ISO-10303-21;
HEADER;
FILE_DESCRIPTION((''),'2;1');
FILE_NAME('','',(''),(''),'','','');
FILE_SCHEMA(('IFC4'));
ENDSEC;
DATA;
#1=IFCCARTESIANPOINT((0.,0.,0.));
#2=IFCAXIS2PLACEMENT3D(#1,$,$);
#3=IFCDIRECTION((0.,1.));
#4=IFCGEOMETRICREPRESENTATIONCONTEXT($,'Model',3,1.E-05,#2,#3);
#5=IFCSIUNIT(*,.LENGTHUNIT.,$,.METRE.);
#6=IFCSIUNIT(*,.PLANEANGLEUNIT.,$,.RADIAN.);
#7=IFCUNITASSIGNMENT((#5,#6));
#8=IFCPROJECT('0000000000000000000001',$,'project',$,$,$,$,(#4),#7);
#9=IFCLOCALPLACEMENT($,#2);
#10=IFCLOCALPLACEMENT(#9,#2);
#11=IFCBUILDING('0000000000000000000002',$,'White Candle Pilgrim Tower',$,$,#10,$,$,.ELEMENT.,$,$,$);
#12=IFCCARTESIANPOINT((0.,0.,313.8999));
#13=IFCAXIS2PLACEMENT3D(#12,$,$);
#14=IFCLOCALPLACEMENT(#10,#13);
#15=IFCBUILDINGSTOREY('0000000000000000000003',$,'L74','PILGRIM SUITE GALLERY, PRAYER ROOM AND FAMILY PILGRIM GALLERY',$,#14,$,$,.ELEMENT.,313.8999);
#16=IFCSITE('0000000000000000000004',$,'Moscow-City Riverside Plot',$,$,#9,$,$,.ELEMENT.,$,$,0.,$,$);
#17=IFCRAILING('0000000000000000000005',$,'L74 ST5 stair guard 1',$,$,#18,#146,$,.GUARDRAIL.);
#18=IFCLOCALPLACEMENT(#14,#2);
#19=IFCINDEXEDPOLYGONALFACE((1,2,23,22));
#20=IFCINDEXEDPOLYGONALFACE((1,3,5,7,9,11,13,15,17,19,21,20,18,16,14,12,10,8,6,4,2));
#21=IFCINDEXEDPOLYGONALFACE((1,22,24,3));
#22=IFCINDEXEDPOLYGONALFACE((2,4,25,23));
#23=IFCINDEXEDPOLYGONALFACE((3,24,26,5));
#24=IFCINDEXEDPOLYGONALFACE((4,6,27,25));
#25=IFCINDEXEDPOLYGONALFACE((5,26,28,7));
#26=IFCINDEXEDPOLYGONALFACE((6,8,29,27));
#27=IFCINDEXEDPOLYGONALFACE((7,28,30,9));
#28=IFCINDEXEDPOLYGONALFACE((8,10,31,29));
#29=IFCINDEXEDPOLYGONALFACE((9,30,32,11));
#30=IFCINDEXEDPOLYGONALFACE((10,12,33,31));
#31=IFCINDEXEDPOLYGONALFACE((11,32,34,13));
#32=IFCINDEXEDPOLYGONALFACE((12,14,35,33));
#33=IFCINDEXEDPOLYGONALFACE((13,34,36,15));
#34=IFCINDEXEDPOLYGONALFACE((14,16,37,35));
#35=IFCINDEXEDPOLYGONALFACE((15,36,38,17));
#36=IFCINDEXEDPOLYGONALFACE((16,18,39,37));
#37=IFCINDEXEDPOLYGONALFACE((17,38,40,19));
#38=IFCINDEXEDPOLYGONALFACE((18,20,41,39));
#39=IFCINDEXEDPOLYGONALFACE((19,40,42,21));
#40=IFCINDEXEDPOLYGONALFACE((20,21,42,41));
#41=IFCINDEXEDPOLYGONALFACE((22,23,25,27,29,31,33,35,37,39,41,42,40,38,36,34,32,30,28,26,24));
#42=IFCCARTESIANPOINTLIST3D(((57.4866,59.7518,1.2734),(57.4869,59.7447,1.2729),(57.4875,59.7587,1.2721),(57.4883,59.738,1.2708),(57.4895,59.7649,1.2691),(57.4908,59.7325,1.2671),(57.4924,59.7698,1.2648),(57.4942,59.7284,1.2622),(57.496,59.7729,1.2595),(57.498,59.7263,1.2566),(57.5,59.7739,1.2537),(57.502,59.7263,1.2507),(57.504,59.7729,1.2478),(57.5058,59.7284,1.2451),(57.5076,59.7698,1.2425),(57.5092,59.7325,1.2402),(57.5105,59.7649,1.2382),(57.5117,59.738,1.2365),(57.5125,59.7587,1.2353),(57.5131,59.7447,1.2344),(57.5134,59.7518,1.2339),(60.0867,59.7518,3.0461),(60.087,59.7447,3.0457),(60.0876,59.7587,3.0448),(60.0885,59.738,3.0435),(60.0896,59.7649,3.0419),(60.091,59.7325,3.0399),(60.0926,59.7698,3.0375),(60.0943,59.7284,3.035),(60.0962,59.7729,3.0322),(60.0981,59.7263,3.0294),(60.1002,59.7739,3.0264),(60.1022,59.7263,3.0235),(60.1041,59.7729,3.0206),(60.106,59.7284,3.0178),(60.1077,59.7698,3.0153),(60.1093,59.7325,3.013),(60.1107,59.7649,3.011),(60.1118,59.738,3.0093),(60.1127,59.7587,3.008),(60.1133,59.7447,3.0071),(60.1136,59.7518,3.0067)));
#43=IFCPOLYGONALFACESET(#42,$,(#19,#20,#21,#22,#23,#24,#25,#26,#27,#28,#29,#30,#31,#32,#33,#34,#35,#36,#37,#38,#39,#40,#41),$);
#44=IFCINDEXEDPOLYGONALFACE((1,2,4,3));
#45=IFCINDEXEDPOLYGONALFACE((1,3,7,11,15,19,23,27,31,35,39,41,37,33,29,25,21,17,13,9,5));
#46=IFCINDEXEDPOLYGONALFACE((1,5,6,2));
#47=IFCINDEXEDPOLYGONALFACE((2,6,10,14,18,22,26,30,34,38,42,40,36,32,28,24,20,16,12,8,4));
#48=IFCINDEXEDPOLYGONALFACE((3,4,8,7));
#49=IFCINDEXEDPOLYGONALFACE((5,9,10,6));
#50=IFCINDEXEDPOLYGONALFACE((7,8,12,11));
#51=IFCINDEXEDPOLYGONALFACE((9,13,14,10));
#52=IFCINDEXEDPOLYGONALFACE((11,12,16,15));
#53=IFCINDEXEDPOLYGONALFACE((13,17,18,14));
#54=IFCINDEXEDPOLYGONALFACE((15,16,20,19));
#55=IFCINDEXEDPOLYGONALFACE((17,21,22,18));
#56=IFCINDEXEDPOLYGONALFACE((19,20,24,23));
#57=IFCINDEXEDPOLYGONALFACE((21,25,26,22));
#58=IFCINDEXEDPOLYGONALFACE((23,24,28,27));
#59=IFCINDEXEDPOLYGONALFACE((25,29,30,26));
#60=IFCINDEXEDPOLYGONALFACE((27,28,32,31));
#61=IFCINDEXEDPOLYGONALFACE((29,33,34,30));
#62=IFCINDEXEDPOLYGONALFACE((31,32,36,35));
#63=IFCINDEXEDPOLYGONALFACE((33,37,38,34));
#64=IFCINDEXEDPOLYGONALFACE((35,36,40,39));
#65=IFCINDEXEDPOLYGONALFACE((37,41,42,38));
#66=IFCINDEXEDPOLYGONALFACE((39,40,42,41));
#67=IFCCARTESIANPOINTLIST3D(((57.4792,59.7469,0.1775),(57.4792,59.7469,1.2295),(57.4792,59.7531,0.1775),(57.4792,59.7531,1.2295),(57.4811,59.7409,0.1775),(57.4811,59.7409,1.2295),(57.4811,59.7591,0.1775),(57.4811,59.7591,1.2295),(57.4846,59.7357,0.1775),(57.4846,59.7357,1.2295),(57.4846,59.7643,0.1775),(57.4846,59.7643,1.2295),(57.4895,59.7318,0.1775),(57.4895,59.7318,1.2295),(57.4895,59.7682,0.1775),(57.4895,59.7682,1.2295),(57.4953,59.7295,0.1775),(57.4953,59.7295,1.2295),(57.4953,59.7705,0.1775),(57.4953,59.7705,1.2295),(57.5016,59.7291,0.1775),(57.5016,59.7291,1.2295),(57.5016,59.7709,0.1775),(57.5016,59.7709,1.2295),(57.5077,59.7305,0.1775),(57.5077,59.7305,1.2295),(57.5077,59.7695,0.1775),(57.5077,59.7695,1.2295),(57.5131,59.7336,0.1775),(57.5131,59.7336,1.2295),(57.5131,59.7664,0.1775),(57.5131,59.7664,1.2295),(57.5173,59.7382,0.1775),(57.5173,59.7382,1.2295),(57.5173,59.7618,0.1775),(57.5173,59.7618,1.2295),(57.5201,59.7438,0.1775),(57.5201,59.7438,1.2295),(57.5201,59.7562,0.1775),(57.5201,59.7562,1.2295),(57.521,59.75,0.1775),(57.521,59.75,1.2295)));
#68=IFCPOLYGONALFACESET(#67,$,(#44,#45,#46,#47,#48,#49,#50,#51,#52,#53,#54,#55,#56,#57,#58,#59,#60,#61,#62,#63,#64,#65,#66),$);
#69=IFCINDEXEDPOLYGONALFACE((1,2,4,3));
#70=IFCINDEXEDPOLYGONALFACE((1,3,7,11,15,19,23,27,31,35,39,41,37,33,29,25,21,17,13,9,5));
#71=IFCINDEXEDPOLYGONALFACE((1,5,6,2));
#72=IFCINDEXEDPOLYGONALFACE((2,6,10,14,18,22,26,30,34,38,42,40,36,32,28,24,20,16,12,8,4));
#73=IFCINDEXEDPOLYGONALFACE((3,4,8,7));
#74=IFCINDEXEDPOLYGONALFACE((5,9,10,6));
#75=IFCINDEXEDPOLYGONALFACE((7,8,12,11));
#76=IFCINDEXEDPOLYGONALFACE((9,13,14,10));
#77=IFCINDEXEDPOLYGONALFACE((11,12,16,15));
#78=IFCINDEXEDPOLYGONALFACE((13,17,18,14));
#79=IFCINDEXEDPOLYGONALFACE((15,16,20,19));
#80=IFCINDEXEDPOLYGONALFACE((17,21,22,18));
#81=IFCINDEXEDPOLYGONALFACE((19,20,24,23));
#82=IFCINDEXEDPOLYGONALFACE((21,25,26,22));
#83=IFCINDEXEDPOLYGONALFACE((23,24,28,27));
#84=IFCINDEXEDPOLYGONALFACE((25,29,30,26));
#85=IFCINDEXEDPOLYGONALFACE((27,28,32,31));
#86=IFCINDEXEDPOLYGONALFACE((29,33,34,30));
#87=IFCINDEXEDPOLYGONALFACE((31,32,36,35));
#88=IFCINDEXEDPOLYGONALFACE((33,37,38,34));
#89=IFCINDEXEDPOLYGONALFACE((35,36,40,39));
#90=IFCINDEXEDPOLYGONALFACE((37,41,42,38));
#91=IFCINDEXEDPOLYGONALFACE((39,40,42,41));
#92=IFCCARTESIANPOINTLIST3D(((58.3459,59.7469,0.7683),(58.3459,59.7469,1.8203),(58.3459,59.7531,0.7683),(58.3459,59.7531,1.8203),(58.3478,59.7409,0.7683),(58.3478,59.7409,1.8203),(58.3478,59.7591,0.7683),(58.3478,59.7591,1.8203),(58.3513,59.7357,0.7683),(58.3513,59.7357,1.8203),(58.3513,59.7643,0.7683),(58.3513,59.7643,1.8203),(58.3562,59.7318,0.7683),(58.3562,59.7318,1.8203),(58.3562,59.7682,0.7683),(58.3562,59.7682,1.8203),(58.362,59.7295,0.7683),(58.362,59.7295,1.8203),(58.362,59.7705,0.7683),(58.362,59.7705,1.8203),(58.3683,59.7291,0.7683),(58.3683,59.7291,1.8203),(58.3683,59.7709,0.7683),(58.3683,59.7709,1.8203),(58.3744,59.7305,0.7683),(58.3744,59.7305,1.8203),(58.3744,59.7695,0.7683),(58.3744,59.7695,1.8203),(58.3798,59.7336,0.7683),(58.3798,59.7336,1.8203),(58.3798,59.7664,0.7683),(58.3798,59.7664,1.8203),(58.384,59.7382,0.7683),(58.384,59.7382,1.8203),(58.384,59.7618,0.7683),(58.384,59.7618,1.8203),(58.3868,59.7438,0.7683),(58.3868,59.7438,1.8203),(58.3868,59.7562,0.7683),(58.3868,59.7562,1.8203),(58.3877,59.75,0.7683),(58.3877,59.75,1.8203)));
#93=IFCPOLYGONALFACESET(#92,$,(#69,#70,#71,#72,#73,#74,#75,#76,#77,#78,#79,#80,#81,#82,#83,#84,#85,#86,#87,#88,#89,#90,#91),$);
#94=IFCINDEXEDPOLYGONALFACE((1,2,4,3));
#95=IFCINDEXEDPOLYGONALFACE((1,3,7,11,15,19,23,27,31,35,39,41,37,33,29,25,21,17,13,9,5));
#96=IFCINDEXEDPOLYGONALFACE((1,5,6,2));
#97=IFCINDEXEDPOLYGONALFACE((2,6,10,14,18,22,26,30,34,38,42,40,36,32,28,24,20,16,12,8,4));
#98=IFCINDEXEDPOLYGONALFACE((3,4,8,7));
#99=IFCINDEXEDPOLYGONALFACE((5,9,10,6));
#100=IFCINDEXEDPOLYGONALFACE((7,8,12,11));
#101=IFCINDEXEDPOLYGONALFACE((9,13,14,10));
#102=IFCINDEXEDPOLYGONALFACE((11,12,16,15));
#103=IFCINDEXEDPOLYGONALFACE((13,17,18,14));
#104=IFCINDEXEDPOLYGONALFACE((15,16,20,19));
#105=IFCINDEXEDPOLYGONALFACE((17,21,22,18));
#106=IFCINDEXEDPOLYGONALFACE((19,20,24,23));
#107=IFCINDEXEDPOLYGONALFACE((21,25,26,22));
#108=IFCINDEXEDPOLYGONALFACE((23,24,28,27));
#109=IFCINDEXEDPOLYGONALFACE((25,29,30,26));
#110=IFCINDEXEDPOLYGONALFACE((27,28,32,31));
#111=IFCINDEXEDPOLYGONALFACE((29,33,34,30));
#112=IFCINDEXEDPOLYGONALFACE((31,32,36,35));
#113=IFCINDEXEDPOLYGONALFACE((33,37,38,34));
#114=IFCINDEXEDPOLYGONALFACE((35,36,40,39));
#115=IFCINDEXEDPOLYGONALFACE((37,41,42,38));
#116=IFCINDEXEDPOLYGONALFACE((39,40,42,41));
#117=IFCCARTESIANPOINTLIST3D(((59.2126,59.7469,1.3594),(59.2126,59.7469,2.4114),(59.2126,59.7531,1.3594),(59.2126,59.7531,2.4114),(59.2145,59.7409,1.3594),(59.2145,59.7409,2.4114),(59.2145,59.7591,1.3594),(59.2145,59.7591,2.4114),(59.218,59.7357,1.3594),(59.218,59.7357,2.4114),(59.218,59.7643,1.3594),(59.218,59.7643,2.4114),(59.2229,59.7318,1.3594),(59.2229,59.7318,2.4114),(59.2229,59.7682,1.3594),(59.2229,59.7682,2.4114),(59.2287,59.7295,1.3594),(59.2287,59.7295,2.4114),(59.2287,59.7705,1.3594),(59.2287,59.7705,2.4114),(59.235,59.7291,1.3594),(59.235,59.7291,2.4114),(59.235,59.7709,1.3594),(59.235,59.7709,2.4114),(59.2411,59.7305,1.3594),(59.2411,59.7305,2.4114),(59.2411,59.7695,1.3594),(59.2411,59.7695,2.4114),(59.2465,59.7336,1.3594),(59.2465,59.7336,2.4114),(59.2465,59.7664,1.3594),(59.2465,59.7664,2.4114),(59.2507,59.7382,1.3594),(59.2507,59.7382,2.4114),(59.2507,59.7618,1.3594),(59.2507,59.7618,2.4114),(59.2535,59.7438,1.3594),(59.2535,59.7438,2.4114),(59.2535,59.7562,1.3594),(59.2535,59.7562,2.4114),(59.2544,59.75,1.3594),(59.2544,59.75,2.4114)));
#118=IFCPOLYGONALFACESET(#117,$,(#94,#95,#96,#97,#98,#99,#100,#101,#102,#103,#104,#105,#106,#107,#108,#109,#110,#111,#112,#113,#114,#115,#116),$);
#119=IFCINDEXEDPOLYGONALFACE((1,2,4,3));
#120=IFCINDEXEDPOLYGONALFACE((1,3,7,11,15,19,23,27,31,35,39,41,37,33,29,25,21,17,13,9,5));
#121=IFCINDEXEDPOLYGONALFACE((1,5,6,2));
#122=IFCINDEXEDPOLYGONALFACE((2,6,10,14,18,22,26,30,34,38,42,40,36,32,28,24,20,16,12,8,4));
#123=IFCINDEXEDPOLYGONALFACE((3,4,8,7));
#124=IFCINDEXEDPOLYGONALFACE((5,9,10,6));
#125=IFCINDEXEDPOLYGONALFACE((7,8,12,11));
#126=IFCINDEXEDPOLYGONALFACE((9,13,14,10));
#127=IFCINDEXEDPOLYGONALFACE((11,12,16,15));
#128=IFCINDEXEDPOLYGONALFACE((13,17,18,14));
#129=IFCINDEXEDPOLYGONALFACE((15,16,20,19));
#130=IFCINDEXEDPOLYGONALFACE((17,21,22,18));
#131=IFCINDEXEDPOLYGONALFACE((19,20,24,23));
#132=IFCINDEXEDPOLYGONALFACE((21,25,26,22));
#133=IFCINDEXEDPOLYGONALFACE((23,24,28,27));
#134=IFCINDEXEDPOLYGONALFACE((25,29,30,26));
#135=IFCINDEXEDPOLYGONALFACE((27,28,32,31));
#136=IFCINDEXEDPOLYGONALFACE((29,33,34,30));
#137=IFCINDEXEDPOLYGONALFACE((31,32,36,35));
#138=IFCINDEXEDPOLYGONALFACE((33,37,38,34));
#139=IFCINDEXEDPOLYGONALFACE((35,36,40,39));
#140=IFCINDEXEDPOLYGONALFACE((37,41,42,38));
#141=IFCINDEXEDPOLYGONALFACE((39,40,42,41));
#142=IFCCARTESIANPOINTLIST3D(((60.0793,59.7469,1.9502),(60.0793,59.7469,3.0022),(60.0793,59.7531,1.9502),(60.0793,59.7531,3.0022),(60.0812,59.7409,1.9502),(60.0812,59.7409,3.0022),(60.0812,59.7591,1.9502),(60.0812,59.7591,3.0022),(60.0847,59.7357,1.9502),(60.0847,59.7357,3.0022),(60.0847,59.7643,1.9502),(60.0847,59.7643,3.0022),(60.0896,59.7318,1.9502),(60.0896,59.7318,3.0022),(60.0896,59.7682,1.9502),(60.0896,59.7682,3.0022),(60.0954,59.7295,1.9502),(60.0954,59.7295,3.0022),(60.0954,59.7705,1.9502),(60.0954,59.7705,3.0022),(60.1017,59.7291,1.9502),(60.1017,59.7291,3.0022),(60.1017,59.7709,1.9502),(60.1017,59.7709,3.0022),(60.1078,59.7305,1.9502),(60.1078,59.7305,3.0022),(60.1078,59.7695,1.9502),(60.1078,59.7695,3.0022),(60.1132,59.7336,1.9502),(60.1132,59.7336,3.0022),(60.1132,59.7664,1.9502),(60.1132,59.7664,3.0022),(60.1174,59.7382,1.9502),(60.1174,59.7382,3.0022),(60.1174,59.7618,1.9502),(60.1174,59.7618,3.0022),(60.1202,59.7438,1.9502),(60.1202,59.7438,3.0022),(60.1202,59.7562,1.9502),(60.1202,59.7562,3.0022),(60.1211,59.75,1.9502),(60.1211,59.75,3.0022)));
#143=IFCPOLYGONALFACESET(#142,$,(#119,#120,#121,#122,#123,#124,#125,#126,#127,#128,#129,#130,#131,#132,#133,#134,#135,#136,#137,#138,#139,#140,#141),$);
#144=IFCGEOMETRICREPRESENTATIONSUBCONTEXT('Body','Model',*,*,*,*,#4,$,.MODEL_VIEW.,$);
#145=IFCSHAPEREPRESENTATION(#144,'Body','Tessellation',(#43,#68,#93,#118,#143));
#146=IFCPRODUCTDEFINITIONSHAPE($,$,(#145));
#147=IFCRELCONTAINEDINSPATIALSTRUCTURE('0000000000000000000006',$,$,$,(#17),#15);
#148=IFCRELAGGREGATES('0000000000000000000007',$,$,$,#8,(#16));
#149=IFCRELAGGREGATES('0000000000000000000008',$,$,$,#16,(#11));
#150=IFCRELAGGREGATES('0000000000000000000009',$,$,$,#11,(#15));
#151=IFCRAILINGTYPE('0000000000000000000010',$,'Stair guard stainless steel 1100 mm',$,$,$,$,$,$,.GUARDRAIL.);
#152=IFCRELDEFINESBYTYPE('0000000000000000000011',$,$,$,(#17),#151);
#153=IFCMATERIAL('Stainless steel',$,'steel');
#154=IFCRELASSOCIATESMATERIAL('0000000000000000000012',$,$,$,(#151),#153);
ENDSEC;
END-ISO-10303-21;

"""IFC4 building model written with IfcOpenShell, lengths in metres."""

from ifc_helpers import new_model, si_unit, direction, frame, origin, origin_2d, place, context, subcontext, project, spatial, circle, extrude, material, type_object, element, save


model = new_model("IFC4")

# Units and contexts
model_context = context("Model", 3, precision=1e-05, world=origin(), true_north=direction((0.0, 1.0)))
body_context = subcontext(model_context, "Body", "Model", "MODEL_VIEW")
ifc_project = project(units=[si_unit("LENGTHUNIT", "METRE"), si_unit("PLANEANGLEUNIT", "RADIAN")], contexts=[model_context])

# Site, building, storey
site_placement = place(None, origin())
site = spatial("IfcSite", under=ifc_project, at=site_placement, Name="Moscow-City Riverside Plot", CompositionType="ELEMENT", RefElevation=0.0)
building_placement = place(site_placement, origin())
building = spatial("IfcBuilding", under=site, at=building_placement, Name="White Candle Pilgrim Tower", CompositionType="ELEMENT")
storey_placement = place(building_placement, frame((0.0, 0.0, 313.8999)))
storey = spatial("IfcBuildingStorey", under=building, at=storey_placement, Name="L74", Description="PILGRIM SUITE GALLERY, PRAYER ROOM AND FAMILY PILGRIM GALLERY", CompositionType="ELEMENT", Elevation=313.8999)

# Railing
ifc_material_1 = material(Name="Stainless steel", Category="steel")
railing_type_1 = type_object("IfcRailingType", Name="Stair guard stainless steel 1100 mm", PredefinedType="GUARDRAIL", material=ifc_material_1)
railing_1_placement = place(storey_placement, frame((57.5, 59.75, 0.1775)))
element("IfcRailing", 1, at=railing_1_placement, inside=storey, type_object=railing_type_1, Name="L74 ST5 stair guard 1", PredefinedType="GUARDRAIL", context=body_context, shape_type="SweptSolid", body=[
    extrude(circle(Radius=0.0239, at=origin_2d()), frame((0.0, 0.0, 1.0762), z_axis=(0.82624, 0.0, 0.563318), x_axis=(0.0, 1.0, 0.0)), (0.0, 0.0, 1.0), 3.147),
    extrude(circle(Radius=0.021, at=origin_2d()), origin(), (0.0, 0.0, 1.0), 1.052),
    extrude(circle(Radius=0.021, at=origin_2d()), frame((0.8667, 0.0, 0.5908)), (0.0, 0.0, 1.0), 1.052),
    extrude(circle(Radius=0.021, at=origin_2d()), frame((1.7334, 0.0, 1.1819)), (0.0, 0.0, 1.0), 1.052),
    extrude(circle(Radius=0.021, at=origin_2d()), frame((2.6001, 0.0, 1.7727)), (0.0, 0.0, 1.0), 1.052),
])

save(model, "model.ifc")
